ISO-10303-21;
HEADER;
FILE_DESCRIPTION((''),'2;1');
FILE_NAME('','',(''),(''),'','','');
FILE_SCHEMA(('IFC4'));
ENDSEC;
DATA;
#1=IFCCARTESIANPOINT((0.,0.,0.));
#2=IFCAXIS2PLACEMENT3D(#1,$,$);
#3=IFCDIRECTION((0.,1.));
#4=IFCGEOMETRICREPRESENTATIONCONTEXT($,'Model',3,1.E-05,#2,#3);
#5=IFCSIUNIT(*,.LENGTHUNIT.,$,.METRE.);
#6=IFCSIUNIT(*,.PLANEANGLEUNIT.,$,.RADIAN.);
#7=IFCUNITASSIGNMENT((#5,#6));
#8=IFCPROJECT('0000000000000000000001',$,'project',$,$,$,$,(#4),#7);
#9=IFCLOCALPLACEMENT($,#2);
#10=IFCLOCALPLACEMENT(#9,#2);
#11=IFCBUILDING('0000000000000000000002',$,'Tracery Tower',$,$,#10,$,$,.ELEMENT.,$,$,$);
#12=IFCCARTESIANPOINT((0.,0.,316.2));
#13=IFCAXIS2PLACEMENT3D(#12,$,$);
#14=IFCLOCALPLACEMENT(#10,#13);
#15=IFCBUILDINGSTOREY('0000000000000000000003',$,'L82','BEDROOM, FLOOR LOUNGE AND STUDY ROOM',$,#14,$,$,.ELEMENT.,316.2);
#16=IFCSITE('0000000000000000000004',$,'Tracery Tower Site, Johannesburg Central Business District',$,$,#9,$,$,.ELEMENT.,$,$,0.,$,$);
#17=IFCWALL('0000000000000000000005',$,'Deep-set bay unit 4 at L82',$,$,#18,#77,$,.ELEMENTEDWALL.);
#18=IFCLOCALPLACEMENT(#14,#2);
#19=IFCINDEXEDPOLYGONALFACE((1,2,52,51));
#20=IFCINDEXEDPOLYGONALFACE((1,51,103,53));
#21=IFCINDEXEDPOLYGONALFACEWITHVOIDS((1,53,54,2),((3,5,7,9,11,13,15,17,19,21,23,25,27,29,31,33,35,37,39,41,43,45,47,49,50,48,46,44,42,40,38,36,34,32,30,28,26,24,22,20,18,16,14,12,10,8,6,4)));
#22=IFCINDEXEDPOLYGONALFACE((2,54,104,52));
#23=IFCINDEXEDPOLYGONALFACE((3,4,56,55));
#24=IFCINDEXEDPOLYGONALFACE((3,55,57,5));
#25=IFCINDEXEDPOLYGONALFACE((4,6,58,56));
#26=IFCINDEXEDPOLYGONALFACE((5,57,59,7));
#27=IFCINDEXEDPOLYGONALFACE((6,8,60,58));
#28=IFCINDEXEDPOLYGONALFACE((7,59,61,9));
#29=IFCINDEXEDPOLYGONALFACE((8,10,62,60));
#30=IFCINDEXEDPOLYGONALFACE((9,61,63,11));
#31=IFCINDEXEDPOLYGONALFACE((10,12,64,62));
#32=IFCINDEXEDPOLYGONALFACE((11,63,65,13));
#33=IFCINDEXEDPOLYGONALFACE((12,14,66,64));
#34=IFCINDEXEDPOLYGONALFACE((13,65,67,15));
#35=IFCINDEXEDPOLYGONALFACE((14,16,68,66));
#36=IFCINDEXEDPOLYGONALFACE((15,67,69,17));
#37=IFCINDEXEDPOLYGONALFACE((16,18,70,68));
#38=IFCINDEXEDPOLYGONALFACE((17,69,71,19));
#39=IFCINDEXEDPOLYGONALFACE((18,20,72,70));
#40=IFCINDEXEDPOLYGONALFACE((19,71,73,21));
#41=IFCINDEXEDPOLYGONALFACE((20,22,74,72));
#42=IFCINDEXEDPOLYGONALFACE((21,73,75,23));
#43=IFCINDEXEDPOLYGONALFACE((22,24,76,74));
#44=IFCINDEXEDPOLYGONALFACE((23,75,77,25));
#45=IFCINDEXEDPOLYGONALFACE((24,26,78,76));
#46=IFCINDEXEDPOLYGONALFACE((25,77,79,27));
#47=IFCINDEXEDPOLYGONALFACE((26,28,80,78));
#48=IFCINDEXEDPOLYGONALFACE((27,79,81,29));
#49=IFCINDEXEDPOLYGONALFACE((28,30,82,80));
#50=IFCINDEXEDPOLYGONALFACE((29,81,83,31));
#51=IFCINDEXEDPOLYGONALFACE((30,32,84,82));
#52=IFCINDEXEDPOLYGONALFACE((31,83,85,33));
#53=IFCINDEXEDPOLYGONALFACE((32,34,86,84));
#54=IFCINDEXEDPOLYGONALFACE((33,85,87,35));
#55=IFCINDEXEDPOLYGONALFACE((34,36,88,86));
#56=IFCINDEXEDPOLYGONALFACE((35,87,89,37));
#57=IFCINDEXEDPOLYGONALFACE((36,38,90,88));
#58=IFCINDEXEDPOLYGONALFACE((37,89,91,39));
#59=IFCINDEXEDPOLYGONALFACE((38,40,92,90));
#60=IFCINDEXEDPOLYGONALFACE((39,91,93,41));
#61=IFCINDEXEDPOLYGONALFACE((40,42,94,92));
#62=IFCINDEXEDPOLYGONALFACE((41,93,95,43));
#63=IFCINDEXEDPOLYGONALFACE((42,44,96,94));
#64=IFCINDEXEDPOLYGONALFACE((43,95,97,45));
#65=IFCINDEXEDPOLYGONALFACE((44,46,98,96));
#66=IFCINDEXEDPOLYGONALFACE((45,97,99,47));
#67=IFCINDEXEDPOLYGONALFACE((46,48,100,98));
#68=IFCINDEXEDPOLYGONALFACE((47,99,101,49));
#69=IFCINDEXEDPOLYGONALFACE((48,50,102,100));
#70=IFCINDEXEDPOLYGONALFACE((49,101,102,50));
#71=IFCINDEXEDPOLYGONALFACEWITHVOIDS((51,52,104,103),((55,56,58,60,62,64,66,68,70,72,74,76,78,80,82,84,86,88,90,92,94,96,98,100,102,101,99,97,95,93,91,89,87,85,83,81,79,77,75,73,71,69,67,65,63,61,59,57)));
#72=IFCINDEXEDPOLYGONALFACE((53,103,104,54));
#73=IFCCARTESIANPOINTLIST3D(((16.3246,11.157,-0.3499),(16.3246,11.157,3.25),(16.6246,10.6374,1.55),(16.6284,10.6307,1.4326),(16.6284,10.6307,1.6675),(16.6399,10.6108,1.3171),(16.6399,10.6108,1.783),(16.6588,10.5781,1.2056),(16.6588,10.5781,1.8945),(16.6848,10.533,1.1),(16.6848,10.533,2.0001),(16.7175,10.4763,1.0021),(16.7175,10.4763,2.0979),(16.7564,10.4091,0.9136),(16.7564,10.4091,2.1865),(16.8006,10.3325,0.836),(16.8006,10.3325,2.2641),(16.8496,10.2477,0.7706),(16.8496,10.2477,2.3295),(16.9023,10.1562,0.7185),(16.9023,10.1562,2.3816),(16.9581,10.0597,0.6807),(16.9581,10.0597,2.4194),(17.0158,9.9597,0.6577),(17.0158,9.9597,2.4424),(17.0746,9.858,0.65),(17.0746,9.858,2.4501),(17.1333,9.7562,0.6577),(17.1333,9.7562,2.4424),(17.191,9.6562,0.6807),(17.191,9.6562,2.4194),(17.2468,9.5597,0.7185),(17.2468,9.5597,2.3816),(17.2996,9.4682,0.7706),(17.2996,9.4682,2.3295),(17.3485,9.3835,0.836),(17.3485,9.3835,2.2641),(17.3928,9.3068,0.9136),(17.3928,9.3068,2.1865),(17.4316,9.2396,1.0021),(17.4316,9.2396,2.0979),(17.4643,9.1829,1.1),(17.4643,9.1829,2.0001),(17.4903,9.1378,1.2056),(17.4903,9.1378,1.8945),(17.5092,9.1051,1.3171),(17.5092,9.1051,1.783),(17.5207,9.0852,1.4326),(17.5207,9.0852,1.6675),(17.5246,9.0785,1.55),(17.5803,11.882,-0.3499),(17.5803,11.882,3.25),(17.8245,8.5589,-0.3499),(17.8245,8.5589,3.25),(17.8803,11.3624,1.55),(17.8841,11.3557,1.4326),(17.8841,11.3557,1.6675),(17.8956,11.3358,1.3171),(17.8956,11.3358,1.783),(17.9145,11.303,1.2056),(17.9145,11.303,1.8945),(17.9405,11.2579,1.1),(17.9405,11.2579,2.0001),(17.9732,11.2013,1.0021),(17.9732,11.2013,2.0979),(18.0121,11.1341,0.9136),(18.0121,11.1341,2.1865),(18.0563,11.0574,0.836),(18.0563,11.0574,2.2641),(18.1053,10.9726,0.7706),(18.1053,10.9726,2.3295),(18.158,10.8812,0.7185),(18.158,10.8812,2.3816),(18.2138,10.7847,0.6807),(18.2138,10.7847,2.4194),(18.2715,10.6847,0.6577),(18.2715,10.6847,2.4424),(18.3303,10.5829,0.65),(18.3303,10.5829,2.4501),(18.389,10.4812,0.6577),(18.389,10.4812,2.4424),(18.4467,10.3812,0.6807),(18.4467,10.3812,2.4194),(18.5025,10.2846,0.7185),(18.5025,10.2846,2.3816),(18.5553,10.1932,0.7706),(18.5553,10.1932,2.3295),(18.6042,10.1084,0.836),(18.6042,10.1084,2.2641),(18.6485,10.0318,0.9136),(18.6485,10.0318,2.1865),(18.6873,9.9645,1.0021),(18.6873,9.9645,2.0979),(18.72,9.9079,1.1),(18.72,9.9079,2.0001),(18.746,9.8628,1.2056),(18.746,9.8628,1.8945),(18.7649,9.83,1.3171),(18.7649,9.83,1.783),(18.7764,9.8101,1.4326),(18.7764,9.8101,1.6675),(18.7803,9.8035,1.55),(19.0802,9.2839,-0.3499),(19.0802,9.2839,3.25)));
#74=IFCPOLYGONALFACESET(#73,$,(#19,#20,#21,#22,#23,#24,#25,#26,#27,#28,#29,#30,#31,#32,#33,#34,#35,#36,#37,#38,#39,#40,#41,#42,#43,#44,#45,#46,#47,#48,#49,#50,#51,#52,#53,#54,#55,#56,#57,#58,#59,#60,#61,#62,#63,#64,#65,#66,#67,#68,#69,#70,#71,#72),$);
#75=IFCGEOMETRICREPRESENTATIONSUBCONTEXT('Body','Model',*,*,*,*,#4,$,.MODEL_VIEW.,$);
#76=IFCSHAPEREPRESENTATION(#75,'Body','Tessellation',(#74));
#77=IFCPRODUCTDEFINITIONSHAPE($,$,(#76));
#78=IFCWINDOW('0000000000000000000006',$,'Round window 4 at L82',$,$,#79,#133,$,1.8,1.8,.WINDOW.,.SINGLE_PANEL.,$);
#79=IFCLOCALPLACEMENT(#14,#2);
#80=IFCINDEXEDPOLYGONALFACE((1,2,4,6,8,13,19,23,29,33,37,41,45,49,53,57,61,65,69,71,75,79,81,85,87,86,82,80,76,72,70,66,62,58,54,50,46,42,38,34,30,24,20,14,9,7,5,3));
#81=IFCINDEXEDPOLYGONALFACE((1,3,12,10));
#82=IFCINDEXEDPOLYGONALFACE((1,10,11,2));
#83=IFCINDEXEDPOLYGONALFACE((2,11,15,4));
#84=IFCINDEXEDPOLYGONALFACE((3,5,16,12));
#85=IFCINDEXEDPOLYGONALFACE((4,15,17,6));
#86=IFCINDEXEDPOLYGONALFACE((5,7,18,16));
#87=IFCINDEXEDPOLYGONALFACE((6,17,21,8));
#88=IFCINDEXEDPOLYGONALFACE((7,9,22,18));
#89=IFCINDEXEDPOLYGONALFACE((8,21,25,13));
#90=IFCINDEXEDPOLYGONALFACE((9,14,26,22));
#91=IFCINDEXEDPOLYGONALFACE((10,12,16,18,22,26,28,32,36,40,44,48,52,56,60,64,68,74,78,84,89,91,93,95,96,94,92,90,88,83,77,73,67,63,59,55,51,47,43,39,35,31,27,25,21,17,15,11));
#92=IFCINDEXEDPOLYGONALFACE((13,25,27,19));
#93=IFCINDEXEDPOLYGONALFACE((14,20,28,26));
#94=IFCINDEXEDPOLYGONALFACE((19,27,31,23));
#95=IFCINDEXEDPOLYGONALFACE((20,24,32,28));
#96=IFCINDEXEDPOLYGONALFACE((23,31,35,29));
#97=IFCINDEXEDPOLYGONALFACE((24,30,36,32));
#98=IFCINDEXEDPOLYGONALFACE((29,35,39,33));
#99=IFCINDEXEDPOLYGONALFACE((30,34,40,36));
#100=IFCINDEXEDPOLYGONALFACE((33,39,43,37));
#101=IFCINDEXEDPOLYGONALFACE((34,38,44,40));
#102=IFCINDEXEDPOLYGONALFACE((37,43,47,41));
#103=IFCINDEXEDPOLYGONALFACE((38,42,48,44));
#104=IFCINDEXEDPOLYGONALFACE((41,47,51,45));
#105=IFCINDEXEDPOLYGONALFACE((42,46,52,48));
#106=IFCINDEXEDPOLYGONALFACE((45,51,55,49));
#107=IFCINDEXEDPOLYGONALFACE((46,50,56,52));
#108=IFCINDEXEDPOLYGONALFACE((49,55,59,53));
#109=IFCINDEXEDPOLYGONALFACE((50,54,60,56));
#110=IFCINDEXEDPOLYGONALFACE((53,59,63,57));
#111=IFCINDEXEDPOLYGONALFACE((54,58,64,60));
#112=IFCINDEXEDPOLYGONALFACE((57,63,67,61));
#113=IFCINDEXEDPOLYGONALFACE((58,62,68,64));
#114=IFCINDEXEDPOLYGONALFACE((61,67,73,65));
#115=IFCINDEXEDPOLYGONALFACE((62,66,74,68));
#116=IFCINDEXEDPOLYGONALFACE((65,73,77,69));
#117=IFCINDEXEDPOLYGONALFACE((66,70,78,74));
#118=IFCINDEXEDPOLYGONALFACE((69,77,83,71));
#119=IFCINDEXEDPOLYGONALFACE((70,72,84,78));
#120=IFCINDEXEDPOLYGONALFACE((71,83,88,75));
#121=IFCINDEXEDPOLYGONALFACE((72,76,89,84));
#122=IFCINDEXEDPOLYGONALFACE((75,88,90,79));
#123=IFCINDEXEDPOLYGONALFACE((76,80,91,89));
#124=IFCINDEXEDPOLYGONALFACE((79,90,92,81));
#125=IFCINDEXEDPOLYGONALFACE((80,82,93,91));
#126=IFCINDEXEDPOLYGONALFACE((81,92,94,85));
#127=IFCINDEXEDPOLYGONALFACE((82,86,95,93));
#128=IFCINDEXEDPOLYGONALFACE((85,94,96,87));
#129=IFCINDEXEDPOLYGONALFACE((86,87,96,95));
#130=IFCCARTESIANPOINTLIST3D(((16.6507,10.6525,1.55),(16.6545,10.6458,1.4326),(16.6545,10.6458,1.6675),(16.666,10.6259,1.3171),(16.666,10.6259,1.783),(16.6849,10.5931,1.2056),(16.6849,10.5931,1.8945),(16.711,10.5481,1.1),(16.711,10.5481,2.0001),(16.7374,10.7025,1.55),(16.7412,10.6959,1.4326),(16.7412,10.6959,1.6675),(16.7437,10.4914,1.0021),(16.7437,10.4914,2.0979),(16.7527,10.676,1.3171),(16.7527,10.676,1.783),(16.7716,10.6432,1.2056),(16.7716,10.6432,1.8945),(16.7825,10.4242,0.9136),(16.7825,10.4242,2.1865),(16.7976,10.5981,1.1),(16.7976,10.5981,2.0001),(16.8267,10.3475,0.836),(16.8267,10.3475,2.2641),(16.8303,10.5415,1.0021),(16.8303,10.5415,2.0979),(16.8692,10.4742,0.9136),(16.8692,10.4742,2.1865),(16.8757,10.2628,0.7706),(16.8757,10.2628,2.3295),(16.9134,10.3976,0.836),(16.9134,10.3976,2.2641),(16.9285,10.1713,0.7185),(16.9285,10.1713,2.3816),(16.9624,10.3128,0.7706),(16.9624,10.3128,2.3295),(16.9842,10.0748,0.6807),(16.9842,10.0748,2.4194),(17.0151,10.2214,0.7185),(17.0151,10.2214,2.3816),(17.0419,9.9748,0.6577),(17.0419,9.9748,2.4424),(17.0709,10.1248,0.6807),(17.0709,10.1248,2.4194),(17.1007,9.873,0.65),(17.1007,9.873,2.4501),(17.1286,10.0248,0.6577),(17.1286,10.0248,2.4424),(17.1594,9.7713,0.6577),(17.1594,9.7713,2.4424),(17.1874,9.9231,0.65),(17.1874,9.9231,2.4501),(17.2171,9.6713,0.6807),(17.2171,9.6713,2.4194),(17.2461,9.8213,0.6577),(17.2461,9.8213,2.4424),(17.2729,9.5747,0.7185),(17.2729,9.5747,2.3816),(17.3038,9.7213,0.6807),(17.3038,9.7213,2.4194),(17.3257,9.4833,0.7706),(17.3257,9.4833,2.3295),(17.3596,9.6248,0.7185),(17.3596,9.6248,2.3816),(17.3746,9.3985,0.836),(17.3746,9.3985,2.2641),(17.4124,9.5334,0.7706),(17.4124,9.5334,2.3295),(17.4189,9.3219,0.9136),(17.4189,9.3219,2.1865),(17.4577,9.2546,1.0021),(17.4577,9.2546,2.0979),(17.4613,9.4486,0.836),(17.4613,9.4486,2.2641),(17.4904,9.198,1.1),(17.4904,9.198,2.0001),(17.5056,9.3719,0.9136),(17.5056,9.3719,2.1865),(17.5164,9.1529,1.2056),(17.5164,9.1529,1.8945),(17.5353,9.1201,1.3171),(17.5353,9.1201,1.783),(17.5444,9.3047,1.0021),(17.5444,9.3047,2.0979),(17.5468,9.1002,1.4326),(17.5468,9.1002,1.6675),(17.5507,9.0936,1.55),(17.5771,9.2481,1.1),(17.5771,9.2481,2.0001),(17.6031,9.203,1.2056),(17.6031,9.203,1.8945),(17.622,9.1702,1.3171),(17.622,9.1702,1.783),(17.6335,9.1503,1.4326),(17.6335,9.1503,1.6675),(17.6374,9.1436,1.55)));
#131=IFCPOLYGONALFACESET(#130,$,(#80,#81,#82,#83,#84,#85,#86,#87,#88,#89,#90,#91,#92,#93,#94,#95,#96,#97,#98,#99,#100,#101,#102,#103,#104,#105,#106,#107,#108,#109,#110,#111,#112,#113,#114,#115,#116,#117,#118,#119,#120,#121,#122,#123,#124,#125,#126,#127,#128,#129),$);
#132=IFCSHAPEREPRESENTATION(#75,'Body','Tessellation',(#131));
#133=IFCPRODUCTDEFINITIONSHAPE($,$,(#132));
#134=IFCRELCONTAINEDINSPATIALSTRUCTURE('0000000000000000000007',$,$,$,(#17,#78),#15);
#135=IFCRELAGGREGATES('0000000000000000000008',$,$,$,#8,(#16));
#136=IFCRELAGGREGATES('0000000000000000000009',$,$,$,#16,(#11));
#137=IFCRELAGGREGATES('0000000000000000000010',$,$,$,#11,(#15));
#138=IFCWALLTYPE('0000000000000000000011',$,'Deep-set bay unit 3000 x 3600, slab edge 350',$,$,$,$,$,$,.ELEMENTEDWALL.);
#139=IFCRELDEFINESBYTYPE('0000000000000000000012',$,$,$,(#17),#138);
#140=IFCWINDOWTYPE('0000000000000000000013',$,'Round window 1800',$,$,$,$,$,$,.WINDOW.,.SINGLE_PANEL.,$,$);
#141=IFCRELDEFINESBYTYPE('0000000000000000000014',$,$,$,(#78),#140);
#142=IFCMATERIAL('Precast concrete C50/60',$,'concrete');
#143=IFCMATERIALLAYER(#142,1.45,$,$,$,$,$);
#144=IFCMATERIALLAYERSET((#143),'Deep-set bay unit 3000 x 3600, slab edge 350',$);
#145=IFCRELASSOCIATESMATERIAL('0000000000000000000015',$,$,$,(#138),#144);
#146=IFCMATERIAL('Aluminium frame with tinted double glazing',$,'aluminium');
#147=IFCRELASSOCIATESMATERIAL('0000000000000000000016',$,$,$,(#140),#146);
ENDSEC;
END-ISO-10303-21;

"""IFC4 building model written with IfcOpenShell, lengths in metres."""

from ifc_helpers import new_model, si_unit, direction, frame, frame_2d, origin, origin_2d, place, context, subcontext, project, spatial, rectangle, circle, extrude, material, layer, layer_set, type_object, element, fill, save


model = new_model("IFC4")

# Units and contexts
model_context = context("Model", 3, precision=1e-05, world=origin(), true_north=direction((0.0, 1.0)))
body_context = subcontext(model_context, "Body", "Model", "MODEL_VIEW")
ifc_project = project(units=[si_unit("LENGTHUNIT", "METRE"), si_unit("PLANEANGLEUNIT", "RADIAN")], contexts=[model_context])

# Site, building, storey
site_placement = place(None, origin())
site = spatial("IfcSite", under=ifc_project, at=site_placement, Name="Tracery Tower Site, Johannesburg Central Business District", CompositionType="ELEMENT", RefElevation=0.0)
building_placement = place(site_placement, origin())
building = spatial("IfcBuilding", under=site, at=building_placement, Name="Tracery Tower", CompositionType="ELEMENT")
storey_placement = place(building_placement, frame((0.0, 0.0, 316.2)))
storey = spatial("IfcBuildingStorey", under=building, at=storey_placement, Name="L82", Description="BEDROOM, FLOOR LOUNGE AND STUDY ROOM", CompositionType="ELEMENT", Elevation=316.2)

# Wall, opening, window
ifc_material_1 = material(Name="Precast concrete C50/60", Category="concrete")
ifc_layer_1 = layer(ifc_material_1, 1.45)
ifc_layer_set_1 = layer_set([ifc_layer_1], Name="Deep-set bay unit 3000 x 3600, slab edge 350")
wall_type_1 = type_object("IfcWallType", Name="Deep-set bay unit 3000 x 3600, slab edge 350", PredefinedType="ELEMENTEDWALL", material=ifc_layer_set_1)
ifc_material_2 = material(Name="Aluminium frame with tinted double glazing", Category="aluminium")
window_type = type_object("IfcWindowType", Name="Round window 1800", PartitioningType="SINGLE_PANEL", PredefinedType="WINDOW", material=ifc_material_2)
wall_1_placement = place(storey_placement, frame((18.4524, 8.9214, -0.3499), z_axis=(0.0, 0.0, 1.0), x_axis=(-0.49999, 0.866031, 0.0)))
wall_1 = element("IfcWall", 1, at=wall_1_placement, inside=storey, type_object=wall_type_1, Name="Deep-set bay unit 4 at L82", PredefinedType="ELEMENTEDWALL", context=body_context, shape_type="SweptSolid", body=[
    extrude(rectangle(XDim=3.0, YDim=1.45, at=frame_2d((1.5, 0.0))), origin(), (0.0, 0.0, 1.0), 3.5999),
])
opening_1_placement = place(wall_1_placement, frame((1.5, 0.0, 1.8999)))
opening_1 = element("IfcOpeningElement", 2, at=opening_1_placement, cuts=wall_1, PredefinedType="OPENING", context=body_context, shape_type="SweptSolid", body=[
    extrude(circle(Radius=0.9, at=origin_2d()), frame((0.0, 0.7349, 0.0), z_axis=(0.0, -1.0, 0.0), x_axis=(1.0, 0.0, 0.0)), (0.0, 0.0, 1.0), 1.47),
])
window_1_placement = place(opening_1_placement, origin())
window_1 = element("IfcWindow", 3, at=window_1_placement, inside=storey, type_object=window_type, Name="Round window 4 at L82", OverallHeight=1.8, OverallWidth=1.8, PartitioningType="SINGLE_PANEL", PredefinedType="WINDOW", context=body_context, shape_type="SweptSolid", body=[
    extrude(circle(Radius=0.9, at=origin_2d()), frame((0.0, 0.6948, 0.0), z_axis=(0.0, -1.0, 0.0), x_axis=(1.0, 0.0, 0.0)), (0.0, 0.0, 1.0), 0.1001),
])
fill(opening_1, window_1)

save(model, "model.ifc")
